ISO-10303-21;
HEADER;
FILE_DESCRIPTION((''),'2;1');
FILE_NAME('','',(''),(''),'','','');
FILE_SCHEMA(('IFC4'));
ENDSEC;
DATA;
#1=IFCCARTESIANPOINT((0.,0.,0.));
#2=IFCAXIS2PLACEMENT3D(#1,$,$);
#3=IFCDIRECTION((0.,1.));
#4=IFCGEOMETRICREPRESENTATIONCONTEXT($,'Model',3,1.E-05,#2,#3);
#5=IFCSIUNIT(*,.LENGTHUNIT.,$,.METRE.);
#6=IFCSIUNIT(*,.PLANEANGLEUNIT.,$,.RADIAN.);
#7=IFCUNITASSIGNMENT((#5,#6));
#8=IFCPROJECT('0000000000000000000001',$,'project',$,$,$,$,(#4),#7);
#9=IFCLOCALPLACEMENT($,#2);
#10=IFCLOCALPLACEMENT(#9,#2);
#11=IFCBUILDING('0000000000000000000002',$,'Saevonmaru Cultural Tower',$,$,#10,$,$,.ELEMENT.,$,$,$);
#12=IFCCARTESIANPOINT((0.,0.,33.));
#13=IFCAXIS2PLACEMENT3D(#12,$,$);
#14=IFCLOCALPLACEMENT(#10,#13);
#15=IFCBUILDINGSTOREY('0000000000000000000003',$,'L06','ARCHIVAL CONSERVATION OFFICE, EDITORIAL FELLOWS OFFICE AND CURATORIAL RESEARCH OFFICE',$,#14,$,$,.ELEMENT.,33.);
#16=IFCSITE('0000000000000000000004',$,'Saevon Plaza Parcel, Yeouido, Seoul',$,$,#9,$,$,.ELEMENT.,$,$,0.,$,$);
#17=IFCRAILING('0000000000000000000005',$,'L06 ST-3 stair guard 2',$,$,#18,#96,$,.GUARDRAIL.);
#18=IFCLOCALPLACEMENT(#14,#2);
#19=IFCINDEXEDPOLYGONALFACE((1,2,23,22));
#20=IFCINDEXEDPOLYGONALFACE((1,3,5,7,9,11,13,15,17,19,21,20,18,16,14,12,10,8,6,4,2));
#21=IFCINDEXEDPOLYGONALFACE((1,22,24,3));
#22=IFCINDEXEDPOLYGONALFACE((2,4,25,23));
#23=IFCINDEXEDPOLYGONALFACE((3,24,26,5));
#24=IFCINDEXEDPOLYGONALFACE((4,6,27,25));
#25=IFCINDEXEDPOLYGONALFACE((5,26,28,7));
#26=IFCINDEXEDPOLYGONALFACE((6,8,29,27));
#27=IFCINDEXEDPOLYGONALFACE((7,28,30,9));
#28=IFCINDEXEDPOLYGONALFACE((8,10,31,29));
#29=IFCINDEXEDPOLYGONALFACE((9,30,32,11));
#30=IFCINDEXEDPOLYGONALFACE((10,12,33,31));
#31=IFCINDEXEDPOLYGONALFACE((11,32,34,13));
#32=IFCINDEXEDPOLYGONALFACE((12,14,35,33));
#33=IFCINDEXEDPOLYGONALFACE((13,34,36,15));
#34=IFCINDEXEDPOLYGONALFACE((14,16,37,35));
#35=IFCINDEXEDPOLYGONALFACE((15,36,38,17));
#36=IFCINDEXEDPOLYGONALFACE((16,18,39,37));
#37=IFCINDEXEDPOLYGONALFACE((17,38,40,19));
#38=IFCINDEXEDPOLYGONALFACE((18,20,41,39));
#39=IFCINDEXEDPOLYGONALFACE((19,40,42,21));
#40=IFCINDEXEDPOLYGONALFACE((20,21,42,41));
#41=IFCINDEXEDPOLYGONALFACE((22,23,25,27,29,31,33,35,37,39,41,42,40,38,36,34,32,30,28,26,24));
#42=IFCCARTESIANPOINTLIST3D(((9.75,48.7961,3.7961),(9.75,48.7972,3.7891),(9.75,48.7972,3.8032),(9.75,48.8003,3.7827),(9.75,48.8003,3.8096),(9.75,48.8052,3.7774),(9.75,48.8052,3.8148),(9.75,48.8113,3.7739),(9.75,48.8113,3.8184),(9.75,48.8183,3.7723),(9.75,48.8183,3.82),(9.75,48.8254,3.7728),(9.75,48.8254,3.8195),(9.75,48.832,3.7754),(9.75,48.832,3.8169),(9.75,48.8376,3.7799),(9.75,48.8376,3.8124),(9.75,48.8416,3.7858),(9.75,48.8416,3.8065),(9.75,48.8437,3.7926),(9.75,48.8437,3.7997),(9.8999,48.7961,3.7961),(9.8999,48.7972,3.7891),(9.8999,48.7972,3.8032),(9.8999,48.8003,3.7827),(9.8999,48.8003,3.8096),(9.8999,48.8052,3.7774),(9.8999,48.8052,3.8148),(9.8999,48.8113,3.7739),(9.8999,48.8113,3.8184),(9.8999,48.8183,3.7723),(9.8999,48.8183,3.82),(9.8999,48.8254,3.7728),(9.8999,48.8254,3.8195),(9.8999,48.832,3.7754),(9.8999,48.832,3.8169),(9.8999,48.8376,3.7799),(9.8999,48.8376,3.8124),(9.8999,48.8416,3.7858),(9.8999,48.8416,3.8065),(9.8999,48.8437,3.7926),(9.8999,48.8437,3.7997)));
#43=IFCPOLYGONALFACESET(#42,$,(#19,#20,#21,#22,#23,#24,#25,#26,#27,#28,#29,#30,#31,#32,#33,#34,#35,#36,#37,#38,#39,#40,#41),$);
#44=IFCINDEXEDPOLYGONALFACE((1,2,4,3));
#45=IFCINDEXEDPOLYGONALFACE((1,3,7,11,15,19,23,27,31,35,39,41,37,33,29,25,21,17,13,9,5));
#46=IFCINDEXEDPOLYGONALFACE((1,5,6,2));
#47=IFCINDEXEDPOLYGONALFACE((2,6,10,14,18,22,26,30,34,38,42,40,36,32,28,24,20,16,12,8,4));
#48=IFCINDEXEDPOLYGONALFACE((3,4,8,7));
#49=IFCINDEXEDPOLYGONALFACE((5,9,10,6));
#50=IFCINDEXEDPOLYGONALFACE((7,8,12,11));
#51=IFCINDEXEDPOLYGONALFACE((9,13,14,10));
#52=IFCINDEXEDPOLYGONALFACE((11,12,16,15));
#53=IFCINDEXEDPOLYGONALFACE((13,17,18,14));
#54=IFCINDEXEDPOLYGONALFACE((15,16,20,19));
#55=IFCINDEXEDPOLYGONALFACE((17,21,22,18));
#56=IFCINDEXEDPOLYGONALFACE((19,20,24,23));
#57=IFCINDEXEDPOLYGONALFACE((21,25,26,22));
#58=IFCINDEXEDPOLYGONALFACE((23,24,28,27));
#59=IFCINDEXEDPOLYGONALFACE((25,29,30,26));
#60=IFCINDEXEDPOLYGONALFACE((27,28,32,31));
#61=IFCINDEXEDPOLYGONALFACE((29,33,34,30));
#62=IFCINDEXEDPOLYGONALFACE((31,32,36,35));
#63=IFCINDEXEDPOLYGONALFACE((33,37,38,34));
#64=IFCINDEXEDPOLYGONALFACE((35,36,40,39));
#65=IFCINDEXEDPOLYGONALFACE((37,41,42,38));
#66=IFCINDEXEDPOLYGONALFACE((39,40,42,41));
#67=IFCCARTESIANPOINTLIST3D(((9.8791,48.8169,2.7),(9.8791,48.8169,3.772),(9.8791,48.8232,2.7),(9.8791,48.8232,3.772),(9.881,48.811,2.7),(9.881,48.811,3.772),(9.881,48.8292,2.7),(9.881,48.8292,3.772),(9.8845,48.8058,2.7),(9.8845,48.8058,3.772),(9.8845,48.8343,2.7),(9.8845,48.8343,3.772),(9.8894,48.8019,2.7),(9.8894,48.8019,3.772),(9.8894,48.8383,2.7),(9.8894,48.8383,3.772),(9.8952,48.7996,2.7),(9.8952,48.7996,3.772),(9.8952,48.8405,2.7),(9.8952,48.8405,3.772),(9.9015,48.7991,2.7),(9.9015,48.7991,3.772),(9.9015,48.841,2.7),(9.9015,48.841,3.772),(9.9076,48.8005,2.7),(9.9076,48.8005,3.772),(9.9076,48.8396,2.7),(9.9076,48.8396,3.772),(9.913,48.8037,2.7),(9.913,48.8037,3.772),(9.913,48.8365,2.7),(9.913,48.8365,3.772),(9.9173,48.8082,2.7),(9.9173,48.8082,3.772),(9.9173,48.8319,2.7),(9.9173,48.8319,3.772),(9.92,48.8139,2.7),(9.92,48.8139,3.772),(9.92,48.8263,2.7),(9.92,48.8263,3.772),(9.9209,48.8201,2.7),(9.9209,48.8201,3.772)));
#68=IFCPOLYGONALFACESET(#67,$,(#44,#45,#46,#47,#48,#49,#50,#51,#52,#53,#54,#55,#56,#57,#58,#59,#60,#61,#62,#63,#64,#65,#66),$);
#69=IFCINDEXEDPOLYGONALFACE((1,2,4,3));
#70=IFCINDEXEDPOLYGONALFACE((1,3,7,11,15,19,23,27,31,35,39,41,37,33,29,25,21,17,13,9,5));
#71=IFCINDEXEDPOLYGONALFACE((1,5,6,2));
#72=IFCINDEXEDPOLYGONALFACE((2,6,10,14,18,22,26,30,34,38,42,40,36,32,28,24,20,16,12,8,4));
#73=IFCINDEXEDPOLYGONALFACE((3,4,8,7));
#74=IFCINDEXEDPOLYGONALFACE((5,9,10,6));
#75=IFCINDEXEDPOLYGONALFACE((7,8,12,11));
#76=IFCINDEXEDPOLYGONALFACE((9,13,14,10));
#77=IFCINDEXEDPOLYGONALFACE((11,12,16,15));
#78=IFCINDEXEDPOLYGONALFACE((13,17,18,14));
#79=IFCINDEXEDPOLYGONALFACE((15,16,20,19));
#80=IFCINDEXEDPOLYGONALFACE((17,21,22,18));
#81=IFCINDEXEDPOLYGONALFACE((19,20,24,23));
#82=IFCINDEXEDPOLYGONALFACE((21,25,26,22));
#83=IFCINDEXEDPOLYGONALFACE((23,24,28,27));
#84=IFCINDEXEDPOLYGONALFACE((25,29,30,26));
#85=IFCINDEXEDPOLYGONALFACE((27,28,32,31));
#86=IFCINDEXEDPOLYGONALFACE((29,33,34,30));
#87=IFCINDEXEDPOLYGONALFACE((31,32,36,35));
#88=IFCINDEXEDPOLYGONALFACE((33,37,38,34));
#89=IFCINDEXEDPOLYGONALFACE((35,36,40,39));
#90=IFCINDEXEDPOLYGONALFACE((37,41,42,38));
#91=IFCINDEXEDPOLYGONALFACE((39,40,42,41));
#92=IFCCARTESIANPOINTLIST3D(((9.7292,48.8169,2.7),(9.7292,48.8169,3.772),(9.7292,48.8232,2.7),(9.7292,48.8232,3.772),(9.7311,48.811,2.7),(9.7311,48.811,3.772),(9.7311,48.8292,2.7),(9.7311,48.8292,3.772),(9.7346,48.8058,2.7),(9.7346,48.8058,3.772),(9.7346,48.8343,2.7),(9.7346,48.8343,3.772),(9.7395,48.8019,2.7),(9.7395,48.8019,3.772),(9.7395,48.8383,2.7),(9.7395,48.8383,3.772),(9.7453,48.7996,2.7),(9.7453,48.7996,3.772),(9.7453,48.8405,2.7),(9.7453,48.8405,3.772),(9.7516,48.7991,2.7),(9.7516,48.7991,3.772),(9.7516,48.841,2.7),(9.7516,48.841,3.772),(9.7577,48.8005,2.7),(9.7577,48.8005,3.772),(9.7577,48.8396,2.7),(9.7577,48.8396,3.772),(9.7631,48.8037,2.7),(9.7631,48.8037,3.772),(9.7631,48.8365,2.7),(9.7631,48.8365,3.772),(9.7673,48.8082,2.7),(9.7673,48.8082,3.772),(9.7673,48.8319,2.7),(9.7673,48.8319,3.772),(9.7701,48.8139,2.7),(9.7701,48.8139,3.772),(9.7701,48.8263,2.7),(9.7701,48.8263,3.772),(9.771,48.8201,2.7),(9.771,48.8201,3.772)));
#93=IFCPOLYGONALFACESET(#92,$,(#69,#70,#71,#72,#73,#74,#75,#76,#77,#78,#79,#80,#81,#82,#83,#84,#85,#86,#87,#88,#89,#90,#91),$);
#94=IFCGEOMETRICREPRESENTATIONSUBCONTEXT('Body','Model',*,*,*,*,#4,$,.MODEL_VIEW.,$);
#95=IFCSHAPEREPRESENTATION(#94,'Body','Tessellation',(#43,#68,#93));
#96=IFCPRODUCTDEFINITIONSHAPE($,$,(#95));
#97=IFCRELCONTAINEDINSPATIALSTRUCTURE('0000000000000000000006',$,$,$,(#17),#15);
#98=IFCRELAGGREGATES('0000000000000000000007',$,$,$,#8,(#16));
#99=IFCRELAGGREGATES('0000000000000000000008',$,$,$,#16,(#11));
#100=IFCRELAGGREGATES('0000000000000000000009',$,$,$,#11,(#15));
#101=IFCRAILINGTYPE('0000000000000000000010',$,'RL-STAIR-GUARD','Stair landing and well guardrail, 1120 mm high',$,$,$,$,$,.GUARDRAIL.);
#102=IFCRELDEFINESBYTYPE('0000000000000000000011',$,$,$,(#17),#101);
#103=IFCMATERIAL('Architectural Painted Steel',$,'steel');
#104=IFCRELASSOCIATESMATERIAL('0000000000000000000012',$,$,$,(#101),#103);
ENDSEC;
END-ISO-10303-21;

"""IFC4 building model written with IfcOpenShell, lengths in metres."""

from ifc_helpers import new_model, si_unit, direction, frame, origin, origin_2d, place, context, subcontext, project, spatial, circle, extrude, material, type_object, element, save


model = new_model("IFC4")

# Units and contexts
model_context = context("Model", 3, precision=1e-05, world=origin(), true_north=direction((0.0, 1.0)))
body_context = subcontext(model_context, "Body", "Model", "MODEL_VIEW")
ifc_project = project(units=[si_unit("LENGTHUNIT", "METRE"), si_unit("PLANEANGLEUNIT", "RADIAN")], contexts=[model_context])

# Site, building, storey
site_placement = place(None, origin())
site = spatial("IfcSite", under=ifc_project, at=site_placement, Name="Saevon Plaza Parcel, Yeouido, Seoul", CompositionType="ELEMENT", RefElevation=0.0)
building_placement = place(site_placement, origin())
building = spatial("IfcBuilding", under=site, at=building_placement, Name="Saevonmaru Cultural Tower", CompositionType="ELEMENT")
storey_placement = place(building_placement, frame((0.0, 0.0, 33.0)))
storey = spatial("IfcBuildingStorey", under=building, at=storey_placement, Name="L06", Description="ARCHIVAL CONSERVATION OFFICE, EDITORIAL FELLOWS OFFICE AND CURATORIAL RESEARCH OFFICE", CompositionType="ELEMENT", Elevation=33.0)

# Railing
ifc_material_1 = material(Name="Architectural Painted Steel", Category="steel")
railing_type_1 = type_object("IfcRailingType", Name="RL-STAIR-GUARD", Description="Stair landing and well guardrail, 1120 mm high", PredefinedType="GUARDRAIL", material=ifc_material_1)
railing_1_placement = place(storey_placement, frame((9.8999, 48.8201, 2.7)))
element("IfcRailing", 1, at=railing_1_placement, inside=storey, type_object=railing_type_1, Name="L06 ST-3 stair guard 2", PredefinedType="GUARDRAIL", context=body_context, shape_type="SweptSolid", body=[
    extrude(circle(Radius=0.0239, at=origin_2d()), frame((0.0, 0.0, 1.0962), z_axis=(-1.0, 0.0, 0.0), x_axis=(0.0, -1.0, 0.0)), (0.0, 0.0, 1.0), 0.1499),
    extrude(circle(Radius=0.021, at=origin_2d()), origin(), (0.0, 0.0, 1.0), 1.072),
    extrude(circle(Radius=0.021, at=origin_2d()), frame((-0.1499, 0.0, 0.0)), (0.0, 0.0, 1.0), 1.072),
])

save(model, "model.ifc")
